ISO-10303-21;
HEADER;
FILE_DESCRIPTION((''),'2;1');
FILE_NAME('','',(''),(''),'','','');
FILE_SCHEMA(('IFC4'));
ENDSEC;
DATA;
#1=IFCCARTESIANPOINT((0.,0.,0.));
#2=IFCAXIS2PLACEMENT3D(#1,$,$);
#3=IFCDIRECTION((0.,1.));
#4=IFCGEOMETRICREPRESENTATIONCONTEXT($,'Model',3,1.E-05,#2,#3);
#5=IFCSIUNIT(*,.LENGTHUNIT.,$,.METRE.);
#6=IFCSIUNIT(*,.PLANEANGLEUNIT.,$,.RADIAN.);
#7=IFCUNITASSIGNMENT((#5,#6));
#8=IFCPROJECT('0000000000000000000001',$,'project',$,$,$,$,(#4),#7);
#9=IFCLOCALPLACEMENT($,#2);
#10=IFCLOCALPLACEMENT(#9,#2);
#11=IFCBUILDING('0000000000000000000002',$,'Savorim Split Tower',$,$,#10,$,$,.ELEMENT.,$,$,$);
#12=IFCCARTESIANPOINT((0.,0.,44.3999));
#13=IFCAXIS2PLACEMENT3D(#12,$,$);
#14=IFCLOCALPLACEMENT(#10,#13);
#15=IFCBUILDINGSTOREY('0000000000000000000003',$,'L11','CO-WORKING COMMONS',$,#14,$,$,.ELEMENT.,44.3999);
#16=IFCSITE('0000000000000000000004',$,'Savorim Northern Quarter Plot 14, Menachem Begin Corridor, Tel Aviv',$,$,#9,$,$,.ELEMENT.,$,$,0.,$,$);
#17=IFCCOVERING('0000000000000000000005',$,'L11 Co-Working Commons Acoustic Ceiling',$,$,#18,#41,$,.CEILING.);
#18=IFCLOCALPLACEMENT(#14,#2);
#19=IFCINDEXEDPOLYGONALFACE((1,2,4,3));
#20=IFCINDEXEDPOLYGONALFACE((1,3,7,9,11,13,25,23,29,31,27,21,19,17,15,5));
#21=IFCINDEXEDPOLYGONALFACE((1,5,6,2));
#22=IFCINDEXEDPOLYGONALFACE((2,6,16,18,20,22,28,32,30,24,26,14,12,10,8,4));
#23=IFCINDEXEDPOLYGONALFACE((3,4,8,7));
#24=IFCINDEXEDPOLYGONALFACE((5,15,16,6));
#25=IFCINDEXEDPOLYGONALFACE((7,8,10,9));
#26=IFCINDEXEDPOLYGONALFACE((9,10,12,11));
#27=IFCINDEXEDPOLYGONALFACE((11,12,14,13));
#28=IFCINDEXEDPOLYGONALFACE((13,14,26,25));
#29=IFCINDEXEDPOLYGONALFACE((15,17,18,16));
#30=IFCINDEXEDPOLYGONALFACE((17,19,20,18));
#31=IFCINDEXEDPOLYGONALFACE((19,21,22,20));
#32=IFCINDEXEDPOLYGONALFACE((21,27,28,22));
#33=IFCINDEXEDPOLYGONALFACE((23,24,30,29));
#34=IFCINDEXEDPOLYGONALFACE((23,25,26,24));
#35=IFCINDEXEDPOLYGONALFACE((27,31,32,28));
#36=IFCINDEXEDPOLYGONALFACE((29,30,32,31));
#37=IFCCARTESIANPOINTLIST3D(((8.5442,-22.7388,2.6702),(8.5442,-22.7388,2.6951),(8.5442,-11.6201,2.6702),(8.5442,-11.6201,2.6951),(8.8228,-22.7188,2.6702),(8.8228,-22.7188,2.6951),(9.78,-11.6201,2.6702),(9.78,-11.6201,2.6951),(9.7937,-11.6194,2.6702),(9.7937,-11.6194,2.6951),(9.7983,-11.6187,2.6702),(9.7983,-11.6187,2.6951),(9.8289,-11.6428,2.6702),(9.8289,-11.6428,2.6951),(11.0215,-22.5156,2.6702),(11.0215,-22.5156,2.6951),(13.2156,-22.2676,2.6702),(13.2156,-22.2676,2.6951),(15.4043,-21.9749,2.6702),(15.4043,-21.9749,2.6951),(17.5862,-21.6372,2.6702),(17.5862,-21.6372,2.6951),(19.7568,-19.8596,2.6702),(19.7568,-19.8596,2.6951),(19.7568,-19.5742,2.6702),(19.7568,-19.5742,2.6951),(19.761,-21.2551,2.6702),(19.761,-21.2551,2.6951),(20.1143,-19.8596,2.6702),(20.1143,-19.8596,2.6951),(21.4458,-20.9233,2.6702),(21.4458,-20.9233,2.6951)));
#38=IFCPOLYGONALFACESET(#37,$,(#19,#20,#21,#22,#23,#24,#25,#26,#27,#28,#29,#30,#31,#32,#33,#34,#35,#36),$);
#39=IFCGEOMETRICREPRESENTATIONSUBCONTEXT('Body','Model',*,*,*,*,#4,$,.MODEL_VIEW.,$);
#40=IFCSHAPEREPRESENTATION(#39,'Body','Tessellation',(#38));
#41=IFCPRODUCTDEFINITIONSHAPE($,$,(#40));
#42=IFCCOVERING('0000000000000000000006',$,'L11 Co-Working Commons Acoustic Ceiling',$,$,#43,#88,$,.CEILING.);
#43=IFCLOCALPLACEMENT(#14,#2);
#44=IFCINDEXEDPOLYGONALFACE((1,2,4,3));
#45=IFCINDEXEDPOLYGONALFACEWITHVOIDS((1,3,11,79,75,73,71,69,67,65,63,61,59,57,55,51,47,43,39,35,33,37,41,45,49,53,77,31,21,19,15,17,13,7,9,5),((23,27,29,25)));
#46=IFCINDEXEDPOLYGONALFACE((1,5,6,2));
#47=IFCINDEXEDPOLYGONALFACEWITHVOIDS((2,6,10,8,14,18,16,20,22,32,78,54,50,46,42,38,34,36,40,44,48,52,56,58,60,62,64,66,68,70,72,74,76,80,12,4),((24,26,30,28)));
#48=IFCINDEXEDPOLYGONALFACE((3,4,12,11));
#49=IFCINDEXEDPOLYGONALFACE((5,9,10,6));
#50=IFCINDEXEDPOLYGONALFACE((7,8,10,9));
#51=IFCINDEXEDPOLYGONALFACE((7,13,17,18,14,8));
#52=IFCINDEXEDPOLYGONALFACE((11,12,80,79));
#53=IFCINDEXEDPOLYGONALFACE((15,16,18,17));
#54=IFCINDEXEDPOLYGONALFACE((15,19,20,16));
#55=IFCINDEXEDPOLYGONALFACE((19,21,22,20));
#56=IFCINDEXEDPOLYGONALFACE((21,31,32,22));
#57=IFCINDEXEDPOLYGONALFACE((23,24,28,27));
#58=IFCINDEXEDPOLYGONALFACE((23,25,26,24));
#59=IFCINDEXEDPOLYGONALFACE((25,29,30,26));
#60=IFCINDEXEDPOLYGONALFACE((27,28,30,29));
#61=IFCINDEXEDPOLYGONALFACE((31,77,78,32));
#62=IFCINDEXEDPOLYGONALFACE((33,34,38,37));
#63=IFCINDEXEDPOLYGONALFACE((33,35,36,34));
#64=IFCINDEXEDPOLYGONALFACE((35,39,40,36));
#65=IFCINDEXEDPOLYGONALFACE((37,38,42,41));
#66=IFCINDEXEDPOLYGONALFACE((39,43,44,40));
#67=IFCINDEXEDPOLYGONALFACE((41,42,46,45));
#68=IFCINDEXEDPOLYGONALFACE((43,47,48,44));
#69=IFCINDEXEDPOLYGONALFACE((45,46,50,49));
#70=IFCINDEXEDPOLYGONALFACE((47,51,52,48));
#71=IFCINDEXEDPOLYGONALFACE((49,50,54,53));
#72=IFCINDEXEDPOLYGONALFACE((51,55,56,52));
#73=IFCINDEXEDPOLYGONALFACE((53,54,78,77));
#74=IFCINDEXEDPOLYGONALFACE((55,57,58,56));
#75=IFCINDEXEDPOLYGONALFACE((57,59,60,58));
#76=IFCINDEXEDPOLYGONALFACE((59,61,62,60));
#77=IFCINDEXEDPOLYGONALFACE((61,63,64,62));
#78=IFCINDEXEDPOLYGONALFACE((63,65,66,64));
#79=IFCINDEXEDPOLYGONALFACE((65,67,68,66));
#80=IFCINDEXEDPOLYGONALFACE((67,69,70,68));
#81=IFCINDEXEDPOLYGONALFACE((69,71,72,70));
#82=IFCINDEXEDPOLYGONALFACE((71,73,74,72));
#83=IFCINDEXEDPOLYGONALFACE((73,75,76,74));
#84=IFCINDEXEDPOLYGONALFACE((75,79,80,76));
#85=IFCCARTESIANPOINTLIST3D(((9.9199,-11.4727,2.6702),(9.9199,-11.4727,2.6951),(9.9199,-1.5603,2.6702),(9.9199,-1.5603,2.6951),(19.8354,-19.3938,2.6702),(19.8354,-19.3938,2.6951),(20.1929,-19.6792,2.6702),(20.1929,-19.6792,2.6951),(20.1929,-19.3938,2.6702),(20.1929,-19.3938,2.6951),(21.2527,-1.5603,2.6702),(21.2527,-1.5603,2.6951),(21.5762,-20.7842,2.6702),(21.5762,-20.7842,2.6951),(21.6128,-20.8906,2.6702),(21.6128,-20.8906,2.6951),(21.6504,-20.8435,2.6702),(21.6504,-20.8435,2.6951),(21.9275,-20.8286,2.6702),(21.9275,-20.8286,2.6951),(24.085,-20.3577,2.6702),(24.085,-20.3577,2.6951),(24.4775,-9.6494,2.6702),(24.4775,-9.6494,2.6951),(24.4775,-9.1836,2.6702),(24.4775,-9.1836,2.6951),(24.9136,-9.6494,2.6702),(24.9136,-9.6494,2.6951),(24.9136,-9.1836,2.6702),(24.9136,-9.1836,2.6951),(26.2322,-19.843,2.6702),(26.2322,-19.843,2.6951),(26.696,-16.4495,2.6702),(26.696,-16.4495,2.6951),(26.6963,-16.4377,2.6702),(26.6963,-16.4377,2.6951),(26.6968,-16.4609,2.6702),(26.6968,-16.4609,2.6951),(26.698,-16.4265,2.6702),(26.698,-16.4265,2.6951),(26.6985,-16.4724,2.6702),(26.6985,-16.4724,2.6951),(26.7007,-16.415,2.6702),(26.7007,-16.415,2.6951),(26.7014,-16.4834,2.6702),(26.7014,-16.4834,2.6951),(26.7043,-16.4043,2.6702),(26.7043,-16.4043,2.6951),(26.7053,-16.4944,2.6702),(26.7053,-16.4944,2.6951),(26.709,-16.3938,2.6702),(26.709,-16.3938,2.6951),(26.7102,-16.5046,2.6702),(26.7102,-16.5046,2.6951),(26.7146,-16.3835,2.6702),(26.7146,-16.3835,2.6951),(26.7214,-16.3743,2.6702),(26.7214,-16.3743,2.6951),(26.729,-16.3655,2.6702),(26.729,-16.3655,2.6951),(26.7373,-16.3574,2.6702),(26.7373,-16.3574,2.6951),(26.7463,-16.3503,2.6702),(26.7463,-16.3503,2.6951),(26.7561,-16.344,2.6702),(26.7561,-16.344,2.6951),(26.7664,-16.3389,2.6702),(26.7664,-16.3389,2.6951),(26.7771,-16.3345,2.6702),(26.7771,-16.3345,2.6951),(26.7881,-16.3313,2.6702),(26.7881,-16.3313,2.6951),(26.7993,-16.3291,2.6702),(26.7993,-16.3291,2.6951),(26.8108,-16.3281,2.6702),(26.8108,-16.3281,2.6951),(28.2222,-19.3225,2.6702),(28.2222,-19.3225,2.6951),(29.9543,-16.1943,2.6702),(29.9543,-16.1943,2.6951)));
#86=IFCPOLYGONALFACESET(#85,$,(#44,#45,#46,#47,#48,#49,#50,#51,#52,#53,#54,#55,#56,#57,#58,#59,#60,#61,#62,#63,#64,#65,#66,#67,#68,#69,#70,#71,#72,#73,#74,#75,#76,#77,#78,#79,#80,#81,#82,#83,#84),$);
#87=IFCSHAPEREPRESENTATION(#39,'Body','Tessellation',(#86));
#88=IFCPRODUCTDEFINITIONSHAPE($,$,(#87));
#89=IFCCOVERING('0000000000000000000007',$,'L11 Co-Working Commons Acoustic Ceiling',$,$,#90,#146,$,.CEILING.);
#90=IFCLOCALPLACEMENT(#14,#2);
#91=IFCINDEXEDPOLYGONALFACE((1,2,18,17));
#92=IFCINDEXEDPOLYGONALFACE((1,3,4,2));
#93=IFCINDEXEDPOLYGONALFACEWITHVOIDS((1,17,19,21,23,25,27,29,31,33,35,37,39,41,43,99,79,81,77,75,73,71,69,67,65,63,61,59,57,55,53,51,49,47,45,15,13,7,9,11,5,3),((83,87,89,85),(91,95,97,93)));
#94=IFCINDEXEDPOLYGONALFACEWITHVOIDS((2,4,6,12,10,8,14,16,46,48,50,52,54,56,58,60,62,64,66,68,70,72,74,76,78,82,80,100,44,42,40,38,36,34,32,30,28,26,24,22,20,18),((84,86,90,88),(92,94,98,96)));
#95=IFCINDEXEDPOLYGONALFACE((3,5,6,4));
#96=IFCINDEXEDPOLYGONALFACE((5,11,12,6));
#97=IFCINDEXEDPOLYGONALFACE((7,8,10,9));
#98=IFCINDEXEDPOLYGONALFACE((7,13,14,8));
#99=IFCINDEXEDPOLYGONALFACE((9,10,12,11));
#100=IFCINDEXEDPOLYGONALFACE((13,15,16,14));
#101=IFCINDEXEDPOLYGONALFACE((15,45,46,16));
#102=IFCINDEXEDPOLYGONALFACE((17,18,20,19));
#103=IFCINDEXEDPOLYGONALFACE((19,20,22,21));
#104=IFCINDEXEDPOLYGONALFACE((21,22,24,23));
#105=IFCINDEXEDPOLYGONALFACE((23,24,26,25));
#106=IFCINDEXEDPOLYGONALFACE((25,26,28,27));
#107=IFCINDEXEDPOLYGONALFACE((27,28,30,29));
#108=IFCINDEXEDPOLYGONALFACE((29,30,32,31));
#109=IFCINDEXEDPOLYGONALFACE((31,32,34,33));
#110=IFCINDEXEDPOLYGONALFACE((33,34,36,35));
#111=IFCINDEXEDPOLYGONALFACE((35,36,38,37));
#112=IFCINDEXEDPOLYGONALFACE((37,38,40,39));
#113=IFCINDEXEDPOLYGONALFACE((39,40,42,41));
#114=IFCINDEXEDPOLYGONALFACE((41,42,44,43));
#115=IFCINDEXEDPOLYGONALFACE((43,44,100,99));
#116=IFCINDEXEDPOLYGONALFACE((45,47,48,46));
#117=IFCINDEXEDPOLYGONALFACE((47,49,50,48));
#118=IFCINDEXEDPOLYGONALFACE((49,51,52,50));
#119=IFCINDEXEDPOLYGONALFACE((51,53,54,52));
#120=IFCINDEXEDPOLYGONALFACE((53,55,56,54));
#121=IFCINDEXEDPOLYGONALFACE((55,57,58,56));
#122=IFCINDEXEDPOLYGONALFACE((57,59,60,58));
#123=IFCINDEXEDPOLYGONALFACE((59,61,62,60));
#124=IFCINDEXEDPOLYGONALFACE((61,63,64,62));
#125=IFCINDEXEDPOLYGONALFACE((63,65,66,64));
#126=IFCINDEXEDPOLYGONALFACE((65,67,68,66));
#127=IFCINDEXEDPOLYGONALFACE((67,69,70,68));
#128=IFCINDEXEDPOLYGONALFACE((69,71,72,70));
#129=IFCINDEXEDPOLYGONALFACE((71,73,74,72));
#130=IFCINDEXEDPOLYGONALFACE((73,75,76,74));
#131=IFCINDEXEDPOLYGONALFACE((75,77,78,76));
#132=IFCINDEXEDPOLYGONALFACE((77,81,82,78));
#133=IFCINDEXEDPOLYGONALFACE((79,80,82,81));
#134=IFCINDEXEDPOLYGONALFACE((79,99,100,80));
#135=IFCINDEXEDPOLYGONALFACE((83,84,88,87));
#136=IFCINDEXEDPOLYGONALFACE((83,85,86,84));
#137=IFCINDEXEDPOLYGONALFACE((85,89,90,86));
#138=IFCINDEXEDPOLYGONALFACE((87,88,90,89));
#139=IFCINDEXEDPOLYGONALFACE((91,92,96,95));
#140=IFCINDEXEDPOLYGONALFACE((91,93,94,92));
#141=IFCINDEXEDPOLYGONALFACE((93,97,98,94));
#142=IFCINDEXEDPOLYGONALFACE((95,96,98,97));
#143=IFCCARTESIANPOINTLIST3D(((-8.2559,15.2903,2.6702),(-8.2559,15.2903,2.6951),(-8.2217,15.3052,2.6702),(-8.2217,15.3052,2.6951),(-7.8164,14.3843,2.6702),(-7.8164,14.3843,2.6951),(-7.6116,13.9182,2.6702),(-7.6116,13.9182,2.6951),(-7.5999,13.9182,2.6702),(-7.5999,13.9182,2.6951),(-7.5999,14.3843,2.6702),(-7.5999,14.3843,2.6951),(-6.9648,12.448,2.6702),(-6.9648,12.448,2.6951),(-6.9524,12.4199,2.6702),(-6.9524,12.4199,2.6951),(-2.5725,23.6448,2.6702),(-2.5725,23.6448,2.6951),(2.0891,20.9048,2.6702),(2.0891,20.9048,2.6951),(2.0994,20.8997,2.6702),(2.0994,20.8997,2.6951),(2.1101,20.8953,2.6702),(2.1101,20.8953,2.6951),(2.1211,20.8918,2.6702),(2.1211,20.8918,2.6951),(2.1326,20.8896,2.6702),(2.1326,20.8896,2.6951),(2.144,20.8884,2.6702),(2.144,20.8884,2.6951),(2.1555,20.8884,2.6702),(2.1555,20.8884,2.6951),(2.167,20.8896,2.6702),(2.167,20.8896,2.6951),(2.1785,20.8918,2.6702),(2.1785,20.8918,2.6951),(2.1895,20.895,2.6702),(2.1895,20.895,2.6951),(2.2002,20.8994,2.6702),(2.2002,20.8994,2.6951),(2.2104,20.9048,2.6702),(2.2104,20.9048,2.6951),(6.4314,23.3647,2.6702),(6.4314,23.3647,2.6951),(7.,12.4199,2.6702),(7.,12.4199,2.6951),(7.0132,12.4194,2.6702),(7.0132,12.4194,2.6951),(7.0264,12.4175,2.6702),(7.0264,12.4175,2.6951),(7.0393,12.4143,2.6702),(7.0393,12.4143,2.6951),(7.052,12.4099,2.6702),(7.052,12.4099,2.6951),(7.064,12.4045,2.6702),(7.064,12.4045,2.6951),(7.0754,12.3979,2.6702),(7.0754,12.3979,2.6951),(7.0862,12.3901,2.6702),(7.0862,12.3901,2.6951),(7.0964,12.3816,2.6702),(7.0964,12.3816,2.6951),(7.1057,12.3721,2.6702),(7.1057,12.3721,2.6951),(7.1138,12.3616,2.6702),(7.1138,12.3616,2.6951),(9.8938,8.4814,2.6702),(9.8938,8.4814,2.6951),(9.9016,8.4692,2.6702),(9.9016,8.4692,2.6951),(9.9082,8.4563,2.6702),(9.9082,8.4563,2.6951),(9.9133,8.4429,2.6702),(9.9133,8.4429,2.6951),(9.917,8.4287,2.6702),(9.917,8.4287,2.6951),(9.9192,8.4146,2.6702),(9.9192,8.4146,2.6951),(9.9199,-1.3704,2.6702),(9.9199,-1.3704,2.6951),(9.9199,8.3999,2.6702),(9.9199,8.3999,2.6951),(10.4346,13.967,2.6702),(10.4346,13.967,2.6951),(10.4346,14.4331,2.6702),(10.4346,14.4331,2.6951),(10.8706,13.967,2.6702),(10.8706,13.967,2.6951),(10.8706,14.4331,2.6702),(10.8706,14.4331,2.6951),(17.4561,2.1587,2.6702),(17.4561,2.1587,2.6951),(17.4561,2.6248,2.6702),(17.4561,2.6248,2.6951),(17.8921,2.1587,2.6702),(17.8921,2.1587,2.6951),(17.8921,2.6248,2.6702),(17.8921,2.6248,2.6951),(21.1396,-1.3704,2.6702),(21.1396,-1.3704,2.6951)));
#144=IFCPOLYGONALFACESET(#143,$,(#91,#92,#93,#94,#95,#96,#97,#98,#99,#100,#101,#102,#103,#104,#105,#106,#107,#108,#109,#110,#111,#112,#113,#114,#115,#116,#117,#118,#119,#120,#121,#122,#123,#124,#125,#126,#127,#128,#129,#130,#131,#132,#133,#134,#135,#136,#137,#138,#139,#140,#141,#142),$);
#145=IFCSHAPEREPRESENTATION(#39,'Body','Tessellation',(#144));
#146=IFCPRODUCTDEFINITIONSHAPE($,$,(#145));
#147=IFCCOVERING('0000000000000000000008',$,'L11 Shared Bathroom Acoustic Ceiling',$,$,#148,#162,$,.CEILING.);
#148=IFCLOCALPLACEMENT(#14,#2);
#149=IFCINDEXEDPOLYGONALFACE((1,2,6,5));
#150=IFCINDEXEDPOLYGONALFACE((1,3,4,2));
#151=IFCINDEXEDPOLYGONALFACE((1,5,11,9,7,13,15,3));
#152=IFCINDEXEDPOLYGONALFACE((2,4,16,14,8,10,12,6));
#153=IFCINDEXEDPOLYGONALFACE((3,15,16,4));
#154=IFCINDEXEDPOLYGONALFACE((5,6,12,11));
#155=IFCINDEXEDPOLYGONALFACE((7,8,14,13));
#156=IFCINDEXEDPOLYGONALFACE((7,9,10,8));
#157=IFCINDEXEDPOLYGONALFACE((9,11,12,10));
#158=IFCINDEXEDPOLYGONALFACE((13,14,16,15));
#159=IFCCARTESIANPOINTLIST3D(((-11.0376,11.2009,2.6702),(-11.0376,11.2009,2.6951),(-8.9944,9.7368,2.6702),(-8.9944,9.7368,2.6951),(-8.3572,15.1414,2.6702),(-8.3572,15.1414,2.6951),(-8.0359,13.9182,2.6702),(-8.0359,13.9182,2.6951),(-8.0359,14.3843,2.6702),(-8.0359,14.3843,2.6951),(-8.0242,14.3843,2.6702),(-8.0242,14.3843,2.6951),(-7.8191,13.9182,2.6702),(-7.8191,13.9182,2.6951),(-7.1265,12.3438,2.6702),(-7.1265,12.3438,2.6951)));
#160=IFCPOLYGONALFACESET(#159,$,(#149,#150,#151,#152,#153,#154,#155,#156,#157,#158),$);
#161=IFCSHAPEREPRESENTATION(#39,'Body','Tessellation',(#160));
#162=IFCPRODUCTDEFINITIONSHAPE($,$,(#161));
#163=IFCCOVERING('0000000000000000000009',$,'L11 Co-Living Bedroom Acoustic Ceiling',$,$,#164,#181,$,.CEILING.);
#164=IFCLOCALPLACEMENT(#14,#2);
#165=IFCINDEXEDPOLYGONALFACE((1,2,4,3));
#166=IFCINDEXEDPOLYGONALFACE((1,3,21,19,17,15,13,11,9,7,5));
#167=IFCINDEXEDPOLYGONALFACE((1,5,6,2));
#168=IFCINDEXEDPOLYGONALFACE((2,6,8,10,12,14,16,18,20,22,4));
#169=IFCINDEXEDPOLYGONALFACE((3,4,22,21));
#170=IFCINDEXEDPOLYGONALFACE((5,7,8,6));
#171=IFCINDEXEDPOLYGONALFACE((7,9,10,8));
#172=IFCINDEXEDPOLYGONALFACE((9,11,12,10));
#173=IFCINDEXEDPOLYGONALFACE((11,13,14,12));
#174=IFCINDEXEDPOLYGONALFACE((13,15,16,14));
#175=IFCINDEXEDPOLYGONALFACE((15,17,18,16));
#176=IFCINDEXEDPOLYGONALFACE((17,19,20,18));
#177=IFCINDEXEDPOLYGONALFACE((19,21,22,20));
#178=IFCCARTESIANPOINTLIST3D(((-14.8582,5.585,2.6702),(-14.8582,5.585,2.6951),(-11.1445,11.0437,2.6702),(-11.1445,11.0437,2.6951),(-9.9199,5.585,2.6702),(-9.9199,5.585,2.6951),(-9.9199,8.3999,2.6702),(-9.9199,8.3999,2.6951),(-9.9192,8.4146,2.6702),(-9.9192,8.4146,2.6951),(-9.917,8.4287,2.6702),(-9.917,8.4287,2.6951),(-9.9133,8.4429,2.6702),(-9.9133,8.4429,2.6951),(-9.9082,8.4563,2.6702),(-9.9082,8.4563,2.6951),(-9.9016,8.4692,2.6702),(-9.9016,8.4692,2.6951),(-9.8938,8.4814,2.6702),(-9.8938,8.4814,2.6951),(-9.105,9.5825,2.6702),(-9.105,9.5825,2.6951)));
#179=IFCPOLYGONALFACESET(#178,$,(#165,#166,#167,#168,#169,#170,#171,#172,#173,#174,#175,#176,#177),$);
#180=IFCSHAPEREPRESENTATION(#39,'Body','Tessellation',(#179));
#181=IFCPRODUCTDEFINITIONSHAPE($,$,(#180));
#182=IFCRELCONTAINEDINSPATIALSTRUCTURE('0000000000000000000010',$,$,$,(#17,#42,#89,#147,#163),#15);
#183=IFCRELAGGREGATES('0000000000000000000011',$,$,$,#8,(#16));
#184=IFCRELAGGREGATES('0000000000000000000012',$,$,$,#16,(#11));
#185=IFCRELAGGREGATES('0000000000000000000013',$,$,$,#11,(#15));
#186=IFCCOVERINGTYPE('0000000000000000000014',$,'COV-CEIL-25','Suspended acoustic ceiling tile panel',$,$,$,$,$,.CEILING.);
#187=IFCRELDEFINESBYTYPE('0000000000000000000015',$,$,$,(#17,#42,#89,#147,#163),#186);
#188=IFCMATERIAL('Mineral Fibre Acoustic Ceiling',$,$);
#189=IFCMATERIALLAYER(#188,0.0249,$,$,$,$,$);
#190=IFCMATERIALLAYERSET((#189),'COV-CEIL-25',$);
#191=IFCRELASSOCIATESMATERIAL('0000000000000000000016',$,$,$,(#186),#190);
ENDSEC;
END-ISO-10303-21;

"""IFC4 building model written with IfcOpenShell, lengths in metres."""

from ifc_helpers import new_model, si_unit, direction, frame, origin, place, context, subcontext, project, spatial, polyline, outline, extrude, material, layer, layer_set, type_object, element, save


model = new_model("IFC4")

# Units and contexts
model_context = context("Model", 3, precision=1e-05, world=origin(), true_north=direction((0.0, 1.0)))
body_context = subcontext(model_context, "Body", "Model", "MODEL_VIEW")
ifc_project = project(units=[si_unit("LENGTHUNIT", "METRE"), si_unit("PLANEANGLEUNIT", "RADIAN")], contexts=[model_context])

# Site, building, storey
site_placement = place(None, origin())
site = spatial("IfcSite", under=ifc_project, at=site_placement, Name="Savorim Northern Quarter Plot 14, Menachem Begin Corridor, Tel Aviv", CompositionType="ELEMENT", RefElevation=0.0)
building_placement = place(site_placement, origin())
building = spatial("IfcBuilding", under=site, at=building_placement, Name="Savorim Split Tower", CompositionType="ELEMENT")
storey_placement = place(building_placement, frame((0.0, 0.0, 44.3999)))
storey = spatial("IfcBuildingStorey", under=building, at=storey_placement, Name="L11", Description="CO-WORKING COMMONS", CompositionType="ELEMENT", Elevation=44.3999)

# Coverings
ifc_material_1 = material(Name="Mineral Fibre Acoustic Ceiling")
ifc_layer_1 = layer(ifc_material_1, 0.0249)
ifc_layer_set_1 = layer_set([ifc_layer_1], Name="COV-CEIL-25")
covering_type_1 = type_object("IfcCoveringType", Name="COV-CEIL-25", Description="Suspended acoustic ceiling tile panel", PredefinedType="CEILING", material=ifc_layer_set_1)
covering_1_placement = place(storey_placement, frame((0.0, 0.0, 2.6702)))
element("IfcCovering", 1, at=covering_1_placement, inside=storey, type_object=covering_type_1, Name="L11 Co-Working Commons Acoustic Ceiling", PredefinedType="CEILING", context=body_context, shape_type="SweptSolid", body=[
    extrude(outline(polyline([(13.2156, -22.2676), (15.4043, -21.9749), (17.5862, -21.6372), (19.761, -21.2551), (21.4458, -20.9233), (20.1143, -19.8596), (19.7568, -19.8596), (19.7568, -19.5742), (9.8289, -11.6428), (9.7983, -11.6187), (9.7937, -11.6194), (9.78, -11.6201), (8.5442, -11.6201), (8.5442, -22.7388), (8.8228, -22.7188), (11.0215, -22.5156), (13.2156, -22.2676)])), origin(), (0.0, 0.0, 1.0), 0.0249),
])
covering_2_placement = place(storey_placement, frame((0.0, 0.0, 2.6702)))
element("IfcCovering", 2, at=covering_2_placement, inside=storey, type_object=covering_type_1, Name="L11 Co-Working Commons Acoustic Ceiling", PredefinedType="CEILING", context=body_context, shape_type="SweptSolid", body=[
    extrude(outline(polyline([(26.7993, -16.3291), (26.8108, -16.3281), (29.9543, -16.1943), (21.2527, -1.5603), (9.9199, -1.5603), (9.9199, -11.4727), (19.8354, -19.3938), (20.1929, -19.3938), (20.1929, -19.6792), (21.5762, -20.7842), (21.6504, -20.8435), (21.6128, -20.8906), (21.9275, -20.8286), (24.085, -20.3577), (26.2322, -19.843), (28.2222, -19.3225), (26.7102, -16.5046), (26.7053, -16.4944), (26.7014, -16.4834), (26.6985, -16.4724), (26.6968, -16.4609), (26.696, -16.4495), (26.6963, -16.4377), (26.698, -16.4265), (26.7007, -16.415), (26.7043, -16.4043), (26.709, -16.3938), (26.7146, -16.3835), (26.7214, -16.3743), (26.729, -16.3655), (26.7373, -16.3574), (26.7463, -16.3503), (26.7561, -16.344), (26.7664, -16.3389), (26.7771, -16.3345), (26.7881, -16.3313), (26.7993, -16.3291)]), holes=[polyline([(24.9136, -9.6494), (24.9136, -9.1836), (24.4775, -9.1836), (24.4775, -9.6494), (24.9136, -9.6494)])]), origin(), (0.0, 0.0, 1.0), 0.0249),
])
covering_3_placement = place(storey_placement, frame((0.0, 0.0, 2.6702)))
element("IfcCovering", 3, at=covering_3_placement, inside=storey, type_object=covering_type_1, Name="L11 Co-Working Commons Acoustic Ceiling", PredefinedType="CEILING", context=body_context, shape_type="SweptSolid", body=[
    extrude(outline(polyline([(2.1101, 20.8953), (2.0994, 20.8997), (2.0891, 20.9048), (-2.5725, 23.6448), (-8.2559, 15.2903), (-8.2217, 15.3052), (-7.8164, 14.3843), (-7.5999, 14.3843), (-7.5999, 13.9182), (-7.6116, 13.9182), (-6.9648, 12.448), (-6.9524, 12.4199), (7.0, 12.4199), (7.0132, 12.4194), (7.0264, 12.4175), (7.0393, 12.4143), (7.052, 12.4099), (7.064, 12.4045), (7.0754, 12.3979), (7.0862, 12.3901), (7.0964, 12.3816), (7.1057, 12.3721), (7.1138, 12.3616), (9.8938, 8.4814), (9.9016, 8.4692), (9.9082, 8.4563), (9.9133, 8.4429), (9.917, 8.4287), (9.9192, 8.4146), (9.9199, 8.3999), (9.9199, -1.3704), (21.1396, -1.3704), (6.4314, 23.3647), (2.2104, 20.9048), (2.2002, 20.8994), (2.1895, 20.895), (2.1785, 20.8918), (2.167, 20.8896), (2.1555, 20.8884), (2.144, 20.8884), (2.1326, 20.8896), (2.1211, 20.8918), (2.1101, 20.8953)]), holes=[polyline([(17.8921, 2.1587), (17.8921, 2.6248), (17.4561, 2.6248), (17.4561, 2.1587), (17.8921, 2.1587)]), polyline([(10.8706, 14.4331), (10.4346, 14.4331), (10.4346, 13.967), (10.8706, 13.967), (10.8706, 14.4331)])]), origin(), (0.0, 0.0, 1.0), 0.0249),
])
covering_4_placement = place(storey_placement, frame((0.0, 0.0, 2.6702)))
element("IfcCovering", 4, at=covering_4_placement, inside=storey, type_object=covering_type_1, Name="L11 Shared Bathroom Acoustic Ceiling", PredefinedType="CEILING", context=body_context, shape_type="SweptSolid", body=[
    extrude(outline(polyline([(-11.0376, 11.2009), (-8.9944, 9.7368), (-7.1265, 12.3438), (-7.8191, 13.9182), (-8.0359, 13.9182), (-8.0359, 14.3843), (-8.0242, 14.3843), (-8.3572, 15.1414), (-11.0376, 11.2009)])), origin(), (0.0, 0.0, 1.0), 0.0249),
])
covering_5_placement = place(storey_placement, frame((0.0, 0.0, 2.6702)))
element("IfcCovering", 5, at=covering_5_placement, inside=storey, type_object=covering_type_1, Name="L11 Co-Living Bedroom Acoustic Ceiling", PredefinedType="CEILING", context=body_context, shape_type="SweptSolid", body=[
    extrude(outline(polyline([(-9.9082, 8.4563), (-9.9016, 8.4692), (-9.8938, 8.4814), (-9.105, 9.5825), (-11.1445, 11.0437), (-14.8582, 5.585), (-9.9199, 5.585), (-9.9199, 8.3999), (-9.9192, 8.4146), (-9.917, 8.4287), (-9.9133, 8.4429), (-9.9082, 8.4563)])), origin(), (0.0, 0.0, 1.0), 0.0249),
])

save(model, "model.ifc")
